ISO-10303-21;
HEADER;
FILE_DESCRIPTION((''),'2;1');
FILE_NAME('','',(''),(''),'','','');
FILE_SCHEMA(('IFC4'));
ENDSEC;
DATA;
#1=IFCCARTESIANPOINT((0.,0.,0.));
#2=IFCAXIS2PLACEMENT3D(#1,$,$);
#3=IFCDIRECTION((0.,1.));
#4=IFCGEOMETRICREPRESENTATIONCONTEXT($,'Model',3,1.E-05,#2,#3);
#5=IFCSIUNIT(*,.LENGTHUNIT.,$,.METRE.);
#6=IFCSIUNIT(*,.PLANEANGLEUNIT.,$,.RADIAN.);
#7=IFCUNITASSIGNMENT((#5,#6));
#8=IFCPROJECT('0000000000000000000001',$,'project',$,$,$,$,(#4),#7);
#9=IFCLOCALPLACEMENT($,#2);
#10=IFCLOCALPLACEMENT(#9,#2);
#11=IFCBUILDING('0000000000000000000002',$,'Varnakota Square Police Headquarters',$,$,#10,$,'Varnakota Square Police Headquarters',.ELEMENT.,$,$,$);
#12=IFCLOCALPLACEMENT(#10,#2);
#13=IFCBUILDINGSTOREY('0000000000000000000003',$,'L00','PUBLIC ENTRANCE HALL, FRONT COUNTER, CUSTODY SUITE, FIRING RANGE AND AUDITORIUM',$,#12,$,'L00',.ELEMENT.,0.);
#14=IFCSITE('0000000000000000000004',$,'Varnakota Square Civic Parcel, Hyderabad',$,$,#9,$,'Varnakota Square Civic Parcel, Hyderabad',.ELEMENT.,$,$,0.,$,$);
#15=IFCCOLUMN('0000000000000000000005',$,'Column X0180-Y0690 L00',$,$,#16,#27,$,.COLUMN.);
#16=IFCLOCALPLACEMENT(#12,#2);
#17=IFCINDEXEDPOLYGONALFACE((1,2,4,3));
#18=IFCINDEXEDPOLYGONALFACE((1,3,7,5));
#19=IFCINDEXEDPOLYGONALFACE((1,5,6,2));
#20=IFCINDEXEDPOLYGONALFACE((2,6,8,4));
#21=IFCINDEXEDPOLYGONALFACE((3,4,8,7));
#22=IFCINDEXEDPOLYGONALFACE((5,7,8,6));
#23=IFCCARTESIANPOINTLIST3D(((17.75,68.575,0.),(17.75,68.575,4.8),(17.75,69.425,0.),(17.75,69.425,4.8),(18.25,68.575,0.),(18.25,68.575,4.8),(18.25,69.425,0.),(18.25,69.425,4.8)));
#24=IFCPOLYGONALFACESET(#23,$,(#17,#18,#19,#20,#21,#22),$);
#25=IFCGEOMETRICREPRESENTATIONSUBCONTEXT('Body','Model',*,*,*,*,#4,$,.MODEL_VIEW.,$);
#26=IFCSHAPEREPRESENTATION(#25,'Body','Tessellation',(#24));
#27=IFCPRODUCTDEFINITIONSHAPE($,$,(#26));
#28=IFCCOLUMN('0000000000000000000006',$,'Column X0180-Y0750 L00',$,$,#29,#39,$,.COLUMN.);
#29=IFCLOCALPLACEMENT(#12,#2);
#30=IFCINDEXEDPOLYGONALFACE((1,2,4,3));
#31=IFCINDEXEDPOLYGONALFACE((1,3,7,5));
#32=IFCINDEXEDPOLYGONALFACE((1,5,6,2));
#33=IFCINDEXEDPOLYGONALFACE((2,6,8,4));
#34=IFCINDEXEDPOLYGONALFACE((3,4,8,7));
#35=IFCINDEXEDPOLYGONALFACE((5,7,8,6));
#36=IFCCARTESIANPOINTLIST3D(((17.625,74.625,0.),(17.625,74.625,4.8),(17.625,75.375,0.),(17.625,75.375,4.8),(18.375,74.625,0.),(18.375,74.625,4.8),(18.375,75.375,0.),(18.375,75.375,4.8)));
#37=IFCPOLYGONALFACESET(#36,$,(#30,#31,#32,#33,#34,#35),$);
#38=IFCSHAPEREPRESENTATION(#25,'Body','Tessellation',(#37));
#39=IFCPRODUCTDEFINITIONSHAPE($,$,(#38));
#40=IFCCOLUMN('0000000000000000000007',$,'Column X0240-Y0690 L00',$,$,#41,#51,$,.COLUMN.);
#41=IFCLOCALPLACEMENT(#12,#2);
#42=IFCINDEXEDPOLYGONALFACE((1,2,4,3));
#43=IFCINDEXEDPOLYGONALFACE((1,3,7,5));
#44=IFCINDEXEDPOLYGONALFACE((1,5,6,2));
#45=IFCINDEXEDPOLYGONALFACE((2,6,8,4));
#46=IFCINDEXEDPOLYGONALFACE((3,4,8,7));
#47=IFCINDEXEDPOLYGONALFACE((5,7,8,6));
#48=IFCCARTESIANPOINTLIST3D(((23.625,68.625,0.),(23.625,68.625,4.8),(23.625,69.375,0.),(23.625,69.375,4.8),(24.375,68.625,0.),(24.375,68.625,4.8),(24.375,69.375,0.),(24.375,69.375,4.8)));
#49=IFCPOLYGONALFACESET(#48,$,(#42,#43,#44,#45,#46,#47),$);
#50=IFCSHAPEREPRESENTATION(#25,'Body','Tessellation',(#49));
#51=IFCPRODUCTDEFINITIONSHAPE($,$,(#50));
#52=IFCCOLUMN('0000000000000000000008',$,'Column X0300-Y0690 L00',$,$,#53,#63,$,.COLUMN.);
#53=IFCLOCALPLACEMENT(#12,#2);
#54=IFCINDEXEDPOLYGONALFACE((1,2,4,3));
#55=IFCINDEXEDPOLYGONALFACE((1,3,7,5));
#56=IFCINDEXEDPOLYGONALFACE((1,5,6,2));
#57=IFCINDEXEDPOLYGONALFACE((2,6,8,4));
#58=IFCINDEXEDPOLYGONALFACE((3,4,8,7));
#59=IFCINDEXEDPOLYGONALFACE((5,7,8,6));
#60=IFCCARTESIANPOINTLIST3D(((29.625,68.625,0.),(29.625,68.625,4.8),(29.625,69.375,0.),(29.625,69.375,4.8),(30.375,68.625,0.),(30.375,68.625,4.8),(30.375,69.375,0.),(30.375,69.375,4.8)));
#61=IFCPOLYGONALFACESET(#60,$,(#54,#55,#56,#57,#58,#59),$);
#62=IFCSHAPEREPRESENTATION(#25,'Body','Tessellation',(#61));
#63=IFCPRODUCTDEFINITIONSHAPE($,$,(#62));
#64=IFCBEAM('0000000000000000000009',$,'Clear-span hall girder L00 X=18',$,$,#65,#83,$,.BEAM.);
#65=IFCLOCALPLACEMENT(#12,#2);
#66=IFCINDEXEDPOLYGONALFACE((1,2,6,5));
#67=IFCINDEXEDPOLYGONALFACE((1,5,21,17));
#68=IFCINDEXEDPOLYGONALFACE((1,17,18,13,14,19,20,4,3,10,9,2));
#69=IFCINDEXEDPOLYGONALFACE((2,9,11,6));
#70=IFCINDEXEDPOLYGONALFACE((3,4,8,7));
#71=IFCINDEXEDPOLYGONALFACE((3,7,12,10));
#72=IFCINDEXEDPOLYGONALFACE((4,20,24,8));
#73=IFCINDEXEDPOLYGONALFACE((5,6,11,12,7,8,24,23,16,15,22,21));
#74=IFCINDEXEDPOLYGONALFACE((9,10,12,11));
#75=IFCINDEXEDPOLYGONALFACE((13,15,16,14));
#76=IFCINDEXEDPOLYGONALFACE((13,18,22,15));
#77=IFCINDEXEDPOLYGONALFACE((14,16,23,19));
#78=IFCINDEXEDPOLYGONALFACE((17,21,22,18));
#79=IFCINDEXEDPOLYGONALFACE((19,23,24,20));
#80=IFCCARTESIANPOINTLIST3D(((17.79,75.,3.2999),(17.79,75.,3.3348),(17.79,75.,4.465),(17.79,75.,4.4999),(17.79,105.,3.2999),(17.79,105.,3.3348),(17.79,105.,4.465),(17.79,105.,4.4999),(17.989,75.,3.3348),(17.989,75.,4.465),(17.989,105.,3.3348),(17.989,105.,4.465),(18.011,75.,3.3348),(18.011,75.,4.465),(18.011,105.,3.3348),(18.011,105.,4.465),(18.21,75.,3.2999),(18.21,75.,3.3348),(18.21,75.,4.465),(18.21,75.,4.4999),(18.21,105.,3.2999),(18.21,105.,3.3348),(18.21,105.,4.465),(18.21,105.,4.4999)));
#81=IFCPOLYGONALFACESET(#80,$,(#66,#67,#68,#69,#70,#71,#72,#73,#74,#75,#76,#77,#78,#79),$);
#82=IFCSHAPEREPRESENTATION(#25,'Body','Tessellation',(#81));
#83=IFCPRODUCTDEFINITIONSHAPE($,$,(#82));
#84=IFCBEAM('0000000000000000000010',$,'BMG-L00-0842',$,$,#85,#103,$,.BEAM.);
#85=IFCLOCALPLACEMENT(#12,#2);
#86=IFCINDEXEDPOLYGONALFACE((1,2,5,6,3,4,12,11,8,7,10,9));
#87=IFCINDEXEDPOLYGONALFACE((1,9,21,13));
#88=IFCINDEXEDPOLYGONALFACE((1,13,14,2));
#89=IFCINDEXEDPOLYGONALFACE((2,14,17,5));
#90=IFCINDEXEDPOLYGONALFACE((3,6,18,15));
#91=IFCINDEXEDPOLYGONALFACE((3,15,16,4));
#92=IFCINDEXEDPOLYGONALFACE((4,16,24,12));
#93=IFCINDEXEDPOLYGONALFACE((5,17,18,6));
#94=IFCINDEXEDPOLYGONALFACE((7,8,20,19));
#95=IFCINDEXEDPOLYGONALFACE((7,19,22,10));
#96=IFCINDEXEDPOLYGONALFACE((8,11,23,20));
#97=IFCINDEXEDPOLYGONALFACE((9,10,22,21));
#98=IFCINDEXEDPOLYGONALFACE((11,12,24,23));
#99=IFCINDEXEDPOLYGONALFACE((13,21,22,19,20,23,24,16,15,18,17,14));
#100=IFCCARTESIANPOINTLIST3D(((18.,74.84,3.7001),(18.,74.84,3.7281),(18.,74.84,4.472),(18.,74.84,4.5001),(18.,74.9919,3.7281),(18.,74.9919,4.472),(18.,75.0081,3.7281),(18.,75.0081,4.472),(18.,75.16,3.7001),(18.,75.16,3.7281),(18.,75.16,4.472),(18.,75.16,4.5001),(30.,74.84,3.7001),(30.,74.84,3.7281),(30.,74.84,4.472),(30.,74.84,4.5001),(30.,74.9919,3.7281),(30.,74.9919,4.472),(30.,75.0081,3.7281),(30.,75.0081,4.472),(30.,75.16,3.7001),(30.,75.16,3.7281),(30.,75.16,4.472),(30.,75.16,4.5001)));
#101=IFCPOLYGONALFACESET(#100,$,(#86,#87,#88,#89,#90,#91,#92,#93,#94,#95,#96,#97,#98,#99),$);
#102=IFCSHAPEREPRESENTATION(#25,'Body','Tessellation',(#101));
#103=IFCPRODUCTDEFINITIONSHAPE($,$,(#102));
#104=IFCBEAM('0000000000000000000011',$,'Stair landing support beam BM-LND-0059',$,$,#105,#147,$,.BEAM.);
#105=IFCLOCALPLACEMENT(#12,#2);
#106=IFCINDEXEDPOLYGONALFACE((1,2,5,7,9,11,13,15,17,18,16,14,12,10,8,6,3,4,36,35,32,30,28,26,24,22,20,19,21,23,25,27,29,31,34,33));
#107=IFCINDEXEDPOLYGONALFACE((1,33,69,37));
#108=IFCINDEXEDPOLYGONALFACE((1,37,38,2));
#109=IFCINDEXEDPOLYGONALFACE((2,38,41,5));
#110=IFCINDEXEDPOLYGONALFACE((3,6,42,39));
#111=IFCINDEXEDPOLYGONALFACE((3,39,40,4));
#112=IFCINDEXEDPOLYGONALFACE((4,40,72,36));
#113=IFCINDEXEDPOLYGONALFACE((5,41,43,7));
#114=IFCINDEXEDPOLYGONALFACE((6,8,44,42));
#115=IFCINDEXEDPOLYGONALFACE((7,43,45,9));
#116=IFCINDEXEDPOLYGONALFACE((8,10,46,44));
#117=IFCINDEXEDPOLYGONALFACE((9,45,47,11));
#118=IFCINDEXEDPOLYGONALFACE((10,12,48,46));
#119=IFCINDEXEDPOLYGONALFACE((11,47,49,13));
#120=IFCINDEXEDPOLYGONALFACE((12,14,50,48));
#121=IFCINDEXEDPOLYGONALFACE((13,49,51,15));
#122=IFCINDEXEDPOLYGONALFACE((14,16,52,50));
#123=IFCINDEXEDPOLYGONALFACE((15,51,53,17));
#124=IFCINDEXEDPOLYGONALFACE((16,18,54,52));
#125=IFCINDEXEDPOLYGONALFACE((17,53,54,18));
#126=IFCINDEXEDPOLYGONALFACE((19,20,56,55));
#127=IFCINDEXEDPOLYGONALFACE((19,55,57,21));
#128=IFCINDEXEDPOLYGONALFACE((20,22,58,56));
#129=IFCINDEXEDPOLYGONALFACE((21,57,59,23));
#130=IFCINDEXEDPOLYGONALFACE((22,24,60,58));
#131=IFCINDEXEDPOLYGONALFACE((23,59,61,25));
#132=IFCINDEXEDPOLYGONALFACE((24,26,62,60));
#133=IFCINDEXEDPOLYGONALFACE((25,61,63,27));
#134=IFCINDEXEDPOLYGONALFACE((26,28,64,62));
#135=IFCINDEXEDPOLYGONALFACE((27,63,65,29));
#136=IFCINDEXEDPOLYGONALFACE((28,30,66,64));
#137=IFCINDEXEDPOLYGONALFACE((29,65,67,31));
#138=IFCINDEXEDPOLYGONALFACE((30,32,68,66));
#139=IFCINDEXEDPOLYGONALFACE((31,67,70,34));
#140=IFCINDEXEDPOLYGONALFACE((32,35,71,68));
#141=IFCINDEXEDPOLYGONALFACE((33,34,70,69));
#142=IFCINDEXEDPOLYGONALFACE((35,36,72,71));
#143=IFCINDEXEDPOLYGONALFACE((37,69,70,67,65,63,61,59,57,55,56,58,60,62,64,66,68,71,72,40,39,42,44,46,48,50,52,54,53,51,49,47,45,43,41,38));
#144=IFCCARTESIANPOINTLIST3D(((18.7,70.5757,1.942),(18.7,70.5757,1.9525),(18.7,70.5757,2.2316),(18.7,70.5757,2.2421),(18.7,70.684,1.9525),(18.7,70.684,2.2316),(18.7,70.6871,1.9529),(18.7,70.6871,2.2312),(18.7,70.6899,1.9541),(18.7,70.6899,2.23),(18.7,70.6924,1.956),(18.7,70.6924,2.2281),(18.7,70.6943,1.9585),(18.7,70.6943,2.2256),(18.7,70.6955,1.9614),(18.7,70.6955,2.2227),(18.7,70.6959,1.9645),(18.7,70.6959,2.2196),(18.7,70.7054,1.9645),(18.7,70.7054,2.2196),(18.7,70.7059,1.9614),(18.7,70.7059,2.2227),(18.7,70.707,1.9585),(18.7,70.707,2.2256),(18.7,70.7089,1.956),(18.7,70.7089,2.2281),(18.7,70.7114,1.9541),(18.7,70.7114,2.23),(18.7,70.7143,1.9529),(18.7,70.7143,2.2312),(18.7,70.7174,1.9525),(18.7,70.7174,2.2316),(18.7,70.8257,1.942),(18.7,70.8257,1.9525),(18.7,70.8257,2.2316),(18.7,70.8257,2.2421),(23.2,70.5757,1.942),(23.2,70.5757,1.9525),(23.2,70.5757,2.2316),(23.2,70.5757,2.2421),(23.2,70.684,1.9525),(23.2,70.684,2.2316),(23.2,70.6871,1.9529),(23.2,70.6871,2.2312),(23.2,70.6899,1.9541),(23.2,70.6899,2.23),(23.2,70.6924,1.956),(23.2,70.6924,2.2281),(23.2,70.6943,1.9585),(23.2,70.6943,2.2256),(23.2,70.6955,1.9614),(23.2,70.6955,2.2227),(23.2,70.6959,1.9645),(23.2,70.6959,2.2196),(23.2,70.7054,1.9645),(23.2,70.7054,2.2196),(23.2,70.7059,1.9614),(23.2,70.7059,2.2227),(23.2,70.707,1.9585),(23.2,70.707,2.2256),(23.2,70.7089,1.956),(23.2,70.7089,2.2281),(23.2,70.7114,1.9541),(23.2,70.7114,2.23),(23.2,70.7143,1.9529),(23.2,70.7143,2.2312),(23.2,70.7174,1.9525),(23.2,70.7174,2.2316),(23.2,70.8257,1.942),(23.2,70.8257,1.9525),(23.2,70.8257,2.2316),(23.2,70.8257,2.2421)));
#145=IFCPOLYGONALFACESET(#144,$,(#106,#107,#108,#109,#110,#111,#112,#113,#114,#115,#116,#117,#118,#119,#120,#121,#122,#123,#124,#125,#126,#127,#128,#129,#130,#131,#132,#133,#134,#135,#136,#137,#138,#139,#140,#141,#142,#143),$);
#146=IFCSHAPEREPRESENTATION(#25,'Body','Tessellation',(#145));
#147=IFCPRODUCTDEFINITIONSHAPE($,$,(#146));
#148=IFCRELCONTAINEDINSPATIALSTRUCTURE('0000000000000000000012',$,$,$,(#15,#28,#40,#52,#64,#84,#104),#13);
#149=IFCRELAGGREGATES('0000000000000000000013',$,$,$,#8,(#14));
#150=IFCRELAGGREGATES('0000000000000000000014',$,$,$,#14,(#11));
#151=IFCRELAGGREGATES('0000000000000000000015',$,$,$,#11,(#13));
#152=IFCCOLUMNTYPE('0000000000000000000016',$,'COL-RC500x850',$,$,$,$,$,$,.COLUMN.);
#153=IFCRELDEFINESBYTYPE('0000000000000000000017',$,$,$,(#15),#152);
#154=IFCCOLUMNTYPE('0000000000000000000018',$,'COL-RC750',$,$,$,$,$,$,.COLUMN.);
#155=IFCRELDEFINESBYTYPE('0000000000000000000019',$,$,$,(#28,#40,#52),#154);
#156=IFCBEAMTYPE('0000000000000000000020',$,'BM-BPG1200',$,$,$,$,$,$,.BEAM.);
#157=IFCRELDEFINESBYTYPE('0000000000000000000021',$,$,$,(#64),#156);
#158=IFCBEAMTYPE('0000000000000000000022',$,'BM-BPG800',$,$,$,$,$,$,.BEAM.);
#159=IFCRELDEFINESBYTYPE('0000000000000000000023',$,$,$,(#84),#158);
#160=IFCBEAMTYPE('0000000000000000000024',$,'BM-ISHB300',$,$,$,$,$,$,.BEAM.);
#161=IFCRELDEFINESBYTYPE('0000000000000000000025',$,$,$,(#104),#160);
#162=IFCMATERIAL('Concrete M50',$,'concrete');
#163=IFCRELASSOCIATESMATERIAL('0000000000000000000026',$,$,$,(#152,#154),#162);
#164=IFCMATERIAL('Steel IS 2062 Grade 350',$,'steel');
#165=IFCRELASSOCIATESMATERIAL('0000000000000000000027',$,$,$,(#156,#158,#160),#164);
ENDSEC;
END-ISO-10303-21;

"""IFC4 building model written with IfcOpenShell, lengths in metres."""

from ifc_helpers import new_model, si_unit, direction, frame, origin, origin_2d, place, context, subcontext, project, spatial, rectangle, i_section, extrude, material, material_profile, profile_set, type_object, element, save


model = new_model("IFC4")

# Units and contexts
model_context = context("Model", 3, precision=1e-05, world=origin(), true_north=direction((0.0, 1.0)))
body_context = subcontext(model_context, "Body", "Model", "MODEL_VIEW")
ifc_project = project(units=[si_unit("LENGTHUNIT", "METRE"), si_unit("PLANEANGLEUNIT", "RADIAN")], contexts=[model_context])

# Site, building, storey
site_placement = place(None, origin())
site = spatial("IfcSite", under=ifc_project, at=site_placement, Name="Varnakota Square Civic Parcel, Hyderabad", LongName="Varnakota Square Civic Parcel, Hyderabad", CompositionType="ELEMENT", RefElevation=0.0)
building_placement = place(site_placement, origin())
building = spatial("IfcBuilding", under=site, at=building_placement, Name="Varnakota Square Police Headquarters", LongName="Varnakota Square Police Headquarters", CompositionType="ELEMENT")
storey_placement = place(building_placement, origin())
storey = spatial("IfcBuildingStorey", under=building, at=storey_placement, Name="L00", Description="PUBLIC ENTRANCE HALL, FRONT COUNTER, CUSTODY SUITE, FIRING RANGE AND AUDITORIUM", LongName="L00", CompositionType="ELEMENT", Elevation=0.0)

# Columns
ifc_material_1 = material(Name="Concrete M50", Category="concrete")
ifc_material_profile_1 = material_profile(ifc_material_1, rectangle(XDim=0.5, YDim=0.8501, at=origin_2d()), Name="RC 500x850")
ifc_profile_set_1 = profile_set([ifc_material_profile_1], Name="Concrete M50")
column_type_1 = type_object("IfcColumnType", Name="COL-RC500x850", PredefinedType="COLUMN", material=ifc_profile_set_1)
column_placement = place(storey_placement, frame((18.0, 69.0, 0.0), z_axis=(0.0, 0.0, 1.0), x_axis=(1.0, 0.0, 0.0)))
element("IfcColumn", 1, at=column_placement, inside=storey, type_object=column_type_1, Name="Column X0180-Y0690 L00", PredefinedType="COLUMN", context=body_context, shape_type="SweptSolid", body=[
    extrude(rectangle(XDim=0.5, YDim=0.8501, at=origin_2d()), origin(), (0.0, 0.0, 1.0), 4.8),
])
ifc_material_profile_2 = material_profile(ifc_material_1, rectangle(XDim=0.75, YDim=0.75, at=origin_2d()), Name="RC 750x750")
ifc_profile_set_2 = profile_set([ifc_material_profile_2], Name="Concrete M50")
column_type_2 = type_object("IfcColumnType", Name="COL-RC750", PredefinedType="COLUMN", material=ifc_profile_set_2)
for number, where, z_axis, x_axis, name in (
    (2, (18.0, 75.0, 0.0), (0.0, 0.0, 1.0), (1.0, 0.0, 0.0), "Column X0180-Y0750 L00"),
    (3, (24.0, 69.0, 0.0), (0.0, 0.0, 1.0), (1.0, 0.0, 0.0), "Column X0240-Y0690 L00"),
    (4, (30.0, 69.0, 0.0), (0.0, 0.0, 1.0), (1.0, 0.0, 0.0), "Column X0300-Y0690 L00"),
):
    element("IfcColumn", number, at=place(storey_placement, frame(where, z_axis=z_axis, x_axis=x_axis)), inside=storey, type_object=column_type_2, Name=name, PredefinedType="COLUMN", context=body_context, shape_type="SweptSolid", body=[
        extrude(rectangle(XDim=0.75, YDim=0.75, at=origin_2d()), origin(), (0.0, 0.0, 1.0), 4.8),
    ])

# Beams
ifc_material_2 = material(Name="Steel IS 2062 Grade 350", Category="steel")
ifc_material_profile_3 = material_profile(ifc_material_2, i_section(OverallWidth=0.4199, OverallDepth=1.2, WebThickness=0.022, FlangeThickness=0.0349, at=origin_2d()), Name="BPG 1200x420")
ifc_profile_set_3 = profile_set([ifc_material_profile_3], Name="Steel IS 2062 Grade 350")
beam_type_1 = type_object("IfcBeamType", Name="BM-BPG1200", PredefinedType="BEAM", material=ifc_profile_set_3)
beam_1_placement = place(storey_placement, frame((18.0, 75.0, 3.8999), z_axis=(0.0, 1.0, 0.0), x_axis=(-1.0, 0.0, 0.0)))
element("IfcBeam", 5, at=beam_1_placement, inside=storey, type_object=beam_type_1, Name="Clear-span hall girder L00 X=18", PredefinedType="BEAM", context=body_context, shape_type="SweptSolid", body=[
    extrude(i_section(OverallWidth=0.4199, OverallDepth=1.2, WebThickness=0.022, FlangeThickness=0.0349, at=origin_2d()), origin(), (0.0, 0.0, 1.0), 30.0),
])
ifc_material_profile_4 = material_profile(ifc_material_2, i_section(OverallWidth=0.3201, OverallDepth=0.8, WebThickness=0.0161, FlangeThickness=0.0281, at=origin_2d()), Name="BPG 800x320")
ifc_profile_set_4 = profile_set([ifc_material_profile_4], Name="Steel IS 2062 Grade 350")
beam_type_2 = type_object("IfcBeamType", Name="BM-BPG800", PredefinedType="BEAM", material=ifc_profile_set_4)
beam_2_placement = place(storey_placement, frame((18.0, 75.0, 4.1001), z_axis=(1.0, 0.0, 0.0), x_axis=(0.0, 1.0, 0.0)))
element("IfcBeam", 6, at=beam_2_placement, inside=storey, type_object=beam_type_2, Name="BMG-L00-0842", PredefinedType="BEAM", context=body_context, shape_type="SweptSolid", body=[
    extrude(i_section(OverallWidth=0.3201, OverallDepth=0.8, WebThickness=0.0161, FlangeThickness=0.0281, at=origin_2d()), origin(), (0.0, 0.0, 1.0), 12.0),
])
ifc_material_profile_5 = material_profile(ifc_material_2, i_section(OverallWidth=0.25, OverallDepth=0.3, WebThickness=0.0095, FlangeThickness=0.0105, FilletRadius=0.012, at=origin_2d()), Name="ISHB 300")
ifc_profile_set_5 = profile_set([ifc_material_profile_5], Name="Steel IS 2062 Grade 350")
beam_type_3 = type_object("IfcBeamType", Name="BM-ISHB300", PredefinedType="BEAM", material=ifc_profile_set_5)
beam_3_placement = place(storey_placement, frame((18.7, 70.7007, 2.092), z_axis=(1.0, 0.0, 0.0), x_axis=(0.0, 1.0, 0.0)))
element("IfcBeam", 7, at=beam_3_placement, inside=storey, type_object=beam_type_3, Name="Stair landing support beam BM-LND-0059", PredefinedType="BEAM", context=body_context, shape_type="SweptSolid", body=[
    extrude(i_section(OverallWidth=0.25, OverallDepth=0.3, WebThickness=0.0095, FlangeThickness=0.0105, FilletRadius=0.012, at=origin_2d()), origin(), (0.0, 0.0, 1.0), 4.5),
])

save(model, "model.ifc")
